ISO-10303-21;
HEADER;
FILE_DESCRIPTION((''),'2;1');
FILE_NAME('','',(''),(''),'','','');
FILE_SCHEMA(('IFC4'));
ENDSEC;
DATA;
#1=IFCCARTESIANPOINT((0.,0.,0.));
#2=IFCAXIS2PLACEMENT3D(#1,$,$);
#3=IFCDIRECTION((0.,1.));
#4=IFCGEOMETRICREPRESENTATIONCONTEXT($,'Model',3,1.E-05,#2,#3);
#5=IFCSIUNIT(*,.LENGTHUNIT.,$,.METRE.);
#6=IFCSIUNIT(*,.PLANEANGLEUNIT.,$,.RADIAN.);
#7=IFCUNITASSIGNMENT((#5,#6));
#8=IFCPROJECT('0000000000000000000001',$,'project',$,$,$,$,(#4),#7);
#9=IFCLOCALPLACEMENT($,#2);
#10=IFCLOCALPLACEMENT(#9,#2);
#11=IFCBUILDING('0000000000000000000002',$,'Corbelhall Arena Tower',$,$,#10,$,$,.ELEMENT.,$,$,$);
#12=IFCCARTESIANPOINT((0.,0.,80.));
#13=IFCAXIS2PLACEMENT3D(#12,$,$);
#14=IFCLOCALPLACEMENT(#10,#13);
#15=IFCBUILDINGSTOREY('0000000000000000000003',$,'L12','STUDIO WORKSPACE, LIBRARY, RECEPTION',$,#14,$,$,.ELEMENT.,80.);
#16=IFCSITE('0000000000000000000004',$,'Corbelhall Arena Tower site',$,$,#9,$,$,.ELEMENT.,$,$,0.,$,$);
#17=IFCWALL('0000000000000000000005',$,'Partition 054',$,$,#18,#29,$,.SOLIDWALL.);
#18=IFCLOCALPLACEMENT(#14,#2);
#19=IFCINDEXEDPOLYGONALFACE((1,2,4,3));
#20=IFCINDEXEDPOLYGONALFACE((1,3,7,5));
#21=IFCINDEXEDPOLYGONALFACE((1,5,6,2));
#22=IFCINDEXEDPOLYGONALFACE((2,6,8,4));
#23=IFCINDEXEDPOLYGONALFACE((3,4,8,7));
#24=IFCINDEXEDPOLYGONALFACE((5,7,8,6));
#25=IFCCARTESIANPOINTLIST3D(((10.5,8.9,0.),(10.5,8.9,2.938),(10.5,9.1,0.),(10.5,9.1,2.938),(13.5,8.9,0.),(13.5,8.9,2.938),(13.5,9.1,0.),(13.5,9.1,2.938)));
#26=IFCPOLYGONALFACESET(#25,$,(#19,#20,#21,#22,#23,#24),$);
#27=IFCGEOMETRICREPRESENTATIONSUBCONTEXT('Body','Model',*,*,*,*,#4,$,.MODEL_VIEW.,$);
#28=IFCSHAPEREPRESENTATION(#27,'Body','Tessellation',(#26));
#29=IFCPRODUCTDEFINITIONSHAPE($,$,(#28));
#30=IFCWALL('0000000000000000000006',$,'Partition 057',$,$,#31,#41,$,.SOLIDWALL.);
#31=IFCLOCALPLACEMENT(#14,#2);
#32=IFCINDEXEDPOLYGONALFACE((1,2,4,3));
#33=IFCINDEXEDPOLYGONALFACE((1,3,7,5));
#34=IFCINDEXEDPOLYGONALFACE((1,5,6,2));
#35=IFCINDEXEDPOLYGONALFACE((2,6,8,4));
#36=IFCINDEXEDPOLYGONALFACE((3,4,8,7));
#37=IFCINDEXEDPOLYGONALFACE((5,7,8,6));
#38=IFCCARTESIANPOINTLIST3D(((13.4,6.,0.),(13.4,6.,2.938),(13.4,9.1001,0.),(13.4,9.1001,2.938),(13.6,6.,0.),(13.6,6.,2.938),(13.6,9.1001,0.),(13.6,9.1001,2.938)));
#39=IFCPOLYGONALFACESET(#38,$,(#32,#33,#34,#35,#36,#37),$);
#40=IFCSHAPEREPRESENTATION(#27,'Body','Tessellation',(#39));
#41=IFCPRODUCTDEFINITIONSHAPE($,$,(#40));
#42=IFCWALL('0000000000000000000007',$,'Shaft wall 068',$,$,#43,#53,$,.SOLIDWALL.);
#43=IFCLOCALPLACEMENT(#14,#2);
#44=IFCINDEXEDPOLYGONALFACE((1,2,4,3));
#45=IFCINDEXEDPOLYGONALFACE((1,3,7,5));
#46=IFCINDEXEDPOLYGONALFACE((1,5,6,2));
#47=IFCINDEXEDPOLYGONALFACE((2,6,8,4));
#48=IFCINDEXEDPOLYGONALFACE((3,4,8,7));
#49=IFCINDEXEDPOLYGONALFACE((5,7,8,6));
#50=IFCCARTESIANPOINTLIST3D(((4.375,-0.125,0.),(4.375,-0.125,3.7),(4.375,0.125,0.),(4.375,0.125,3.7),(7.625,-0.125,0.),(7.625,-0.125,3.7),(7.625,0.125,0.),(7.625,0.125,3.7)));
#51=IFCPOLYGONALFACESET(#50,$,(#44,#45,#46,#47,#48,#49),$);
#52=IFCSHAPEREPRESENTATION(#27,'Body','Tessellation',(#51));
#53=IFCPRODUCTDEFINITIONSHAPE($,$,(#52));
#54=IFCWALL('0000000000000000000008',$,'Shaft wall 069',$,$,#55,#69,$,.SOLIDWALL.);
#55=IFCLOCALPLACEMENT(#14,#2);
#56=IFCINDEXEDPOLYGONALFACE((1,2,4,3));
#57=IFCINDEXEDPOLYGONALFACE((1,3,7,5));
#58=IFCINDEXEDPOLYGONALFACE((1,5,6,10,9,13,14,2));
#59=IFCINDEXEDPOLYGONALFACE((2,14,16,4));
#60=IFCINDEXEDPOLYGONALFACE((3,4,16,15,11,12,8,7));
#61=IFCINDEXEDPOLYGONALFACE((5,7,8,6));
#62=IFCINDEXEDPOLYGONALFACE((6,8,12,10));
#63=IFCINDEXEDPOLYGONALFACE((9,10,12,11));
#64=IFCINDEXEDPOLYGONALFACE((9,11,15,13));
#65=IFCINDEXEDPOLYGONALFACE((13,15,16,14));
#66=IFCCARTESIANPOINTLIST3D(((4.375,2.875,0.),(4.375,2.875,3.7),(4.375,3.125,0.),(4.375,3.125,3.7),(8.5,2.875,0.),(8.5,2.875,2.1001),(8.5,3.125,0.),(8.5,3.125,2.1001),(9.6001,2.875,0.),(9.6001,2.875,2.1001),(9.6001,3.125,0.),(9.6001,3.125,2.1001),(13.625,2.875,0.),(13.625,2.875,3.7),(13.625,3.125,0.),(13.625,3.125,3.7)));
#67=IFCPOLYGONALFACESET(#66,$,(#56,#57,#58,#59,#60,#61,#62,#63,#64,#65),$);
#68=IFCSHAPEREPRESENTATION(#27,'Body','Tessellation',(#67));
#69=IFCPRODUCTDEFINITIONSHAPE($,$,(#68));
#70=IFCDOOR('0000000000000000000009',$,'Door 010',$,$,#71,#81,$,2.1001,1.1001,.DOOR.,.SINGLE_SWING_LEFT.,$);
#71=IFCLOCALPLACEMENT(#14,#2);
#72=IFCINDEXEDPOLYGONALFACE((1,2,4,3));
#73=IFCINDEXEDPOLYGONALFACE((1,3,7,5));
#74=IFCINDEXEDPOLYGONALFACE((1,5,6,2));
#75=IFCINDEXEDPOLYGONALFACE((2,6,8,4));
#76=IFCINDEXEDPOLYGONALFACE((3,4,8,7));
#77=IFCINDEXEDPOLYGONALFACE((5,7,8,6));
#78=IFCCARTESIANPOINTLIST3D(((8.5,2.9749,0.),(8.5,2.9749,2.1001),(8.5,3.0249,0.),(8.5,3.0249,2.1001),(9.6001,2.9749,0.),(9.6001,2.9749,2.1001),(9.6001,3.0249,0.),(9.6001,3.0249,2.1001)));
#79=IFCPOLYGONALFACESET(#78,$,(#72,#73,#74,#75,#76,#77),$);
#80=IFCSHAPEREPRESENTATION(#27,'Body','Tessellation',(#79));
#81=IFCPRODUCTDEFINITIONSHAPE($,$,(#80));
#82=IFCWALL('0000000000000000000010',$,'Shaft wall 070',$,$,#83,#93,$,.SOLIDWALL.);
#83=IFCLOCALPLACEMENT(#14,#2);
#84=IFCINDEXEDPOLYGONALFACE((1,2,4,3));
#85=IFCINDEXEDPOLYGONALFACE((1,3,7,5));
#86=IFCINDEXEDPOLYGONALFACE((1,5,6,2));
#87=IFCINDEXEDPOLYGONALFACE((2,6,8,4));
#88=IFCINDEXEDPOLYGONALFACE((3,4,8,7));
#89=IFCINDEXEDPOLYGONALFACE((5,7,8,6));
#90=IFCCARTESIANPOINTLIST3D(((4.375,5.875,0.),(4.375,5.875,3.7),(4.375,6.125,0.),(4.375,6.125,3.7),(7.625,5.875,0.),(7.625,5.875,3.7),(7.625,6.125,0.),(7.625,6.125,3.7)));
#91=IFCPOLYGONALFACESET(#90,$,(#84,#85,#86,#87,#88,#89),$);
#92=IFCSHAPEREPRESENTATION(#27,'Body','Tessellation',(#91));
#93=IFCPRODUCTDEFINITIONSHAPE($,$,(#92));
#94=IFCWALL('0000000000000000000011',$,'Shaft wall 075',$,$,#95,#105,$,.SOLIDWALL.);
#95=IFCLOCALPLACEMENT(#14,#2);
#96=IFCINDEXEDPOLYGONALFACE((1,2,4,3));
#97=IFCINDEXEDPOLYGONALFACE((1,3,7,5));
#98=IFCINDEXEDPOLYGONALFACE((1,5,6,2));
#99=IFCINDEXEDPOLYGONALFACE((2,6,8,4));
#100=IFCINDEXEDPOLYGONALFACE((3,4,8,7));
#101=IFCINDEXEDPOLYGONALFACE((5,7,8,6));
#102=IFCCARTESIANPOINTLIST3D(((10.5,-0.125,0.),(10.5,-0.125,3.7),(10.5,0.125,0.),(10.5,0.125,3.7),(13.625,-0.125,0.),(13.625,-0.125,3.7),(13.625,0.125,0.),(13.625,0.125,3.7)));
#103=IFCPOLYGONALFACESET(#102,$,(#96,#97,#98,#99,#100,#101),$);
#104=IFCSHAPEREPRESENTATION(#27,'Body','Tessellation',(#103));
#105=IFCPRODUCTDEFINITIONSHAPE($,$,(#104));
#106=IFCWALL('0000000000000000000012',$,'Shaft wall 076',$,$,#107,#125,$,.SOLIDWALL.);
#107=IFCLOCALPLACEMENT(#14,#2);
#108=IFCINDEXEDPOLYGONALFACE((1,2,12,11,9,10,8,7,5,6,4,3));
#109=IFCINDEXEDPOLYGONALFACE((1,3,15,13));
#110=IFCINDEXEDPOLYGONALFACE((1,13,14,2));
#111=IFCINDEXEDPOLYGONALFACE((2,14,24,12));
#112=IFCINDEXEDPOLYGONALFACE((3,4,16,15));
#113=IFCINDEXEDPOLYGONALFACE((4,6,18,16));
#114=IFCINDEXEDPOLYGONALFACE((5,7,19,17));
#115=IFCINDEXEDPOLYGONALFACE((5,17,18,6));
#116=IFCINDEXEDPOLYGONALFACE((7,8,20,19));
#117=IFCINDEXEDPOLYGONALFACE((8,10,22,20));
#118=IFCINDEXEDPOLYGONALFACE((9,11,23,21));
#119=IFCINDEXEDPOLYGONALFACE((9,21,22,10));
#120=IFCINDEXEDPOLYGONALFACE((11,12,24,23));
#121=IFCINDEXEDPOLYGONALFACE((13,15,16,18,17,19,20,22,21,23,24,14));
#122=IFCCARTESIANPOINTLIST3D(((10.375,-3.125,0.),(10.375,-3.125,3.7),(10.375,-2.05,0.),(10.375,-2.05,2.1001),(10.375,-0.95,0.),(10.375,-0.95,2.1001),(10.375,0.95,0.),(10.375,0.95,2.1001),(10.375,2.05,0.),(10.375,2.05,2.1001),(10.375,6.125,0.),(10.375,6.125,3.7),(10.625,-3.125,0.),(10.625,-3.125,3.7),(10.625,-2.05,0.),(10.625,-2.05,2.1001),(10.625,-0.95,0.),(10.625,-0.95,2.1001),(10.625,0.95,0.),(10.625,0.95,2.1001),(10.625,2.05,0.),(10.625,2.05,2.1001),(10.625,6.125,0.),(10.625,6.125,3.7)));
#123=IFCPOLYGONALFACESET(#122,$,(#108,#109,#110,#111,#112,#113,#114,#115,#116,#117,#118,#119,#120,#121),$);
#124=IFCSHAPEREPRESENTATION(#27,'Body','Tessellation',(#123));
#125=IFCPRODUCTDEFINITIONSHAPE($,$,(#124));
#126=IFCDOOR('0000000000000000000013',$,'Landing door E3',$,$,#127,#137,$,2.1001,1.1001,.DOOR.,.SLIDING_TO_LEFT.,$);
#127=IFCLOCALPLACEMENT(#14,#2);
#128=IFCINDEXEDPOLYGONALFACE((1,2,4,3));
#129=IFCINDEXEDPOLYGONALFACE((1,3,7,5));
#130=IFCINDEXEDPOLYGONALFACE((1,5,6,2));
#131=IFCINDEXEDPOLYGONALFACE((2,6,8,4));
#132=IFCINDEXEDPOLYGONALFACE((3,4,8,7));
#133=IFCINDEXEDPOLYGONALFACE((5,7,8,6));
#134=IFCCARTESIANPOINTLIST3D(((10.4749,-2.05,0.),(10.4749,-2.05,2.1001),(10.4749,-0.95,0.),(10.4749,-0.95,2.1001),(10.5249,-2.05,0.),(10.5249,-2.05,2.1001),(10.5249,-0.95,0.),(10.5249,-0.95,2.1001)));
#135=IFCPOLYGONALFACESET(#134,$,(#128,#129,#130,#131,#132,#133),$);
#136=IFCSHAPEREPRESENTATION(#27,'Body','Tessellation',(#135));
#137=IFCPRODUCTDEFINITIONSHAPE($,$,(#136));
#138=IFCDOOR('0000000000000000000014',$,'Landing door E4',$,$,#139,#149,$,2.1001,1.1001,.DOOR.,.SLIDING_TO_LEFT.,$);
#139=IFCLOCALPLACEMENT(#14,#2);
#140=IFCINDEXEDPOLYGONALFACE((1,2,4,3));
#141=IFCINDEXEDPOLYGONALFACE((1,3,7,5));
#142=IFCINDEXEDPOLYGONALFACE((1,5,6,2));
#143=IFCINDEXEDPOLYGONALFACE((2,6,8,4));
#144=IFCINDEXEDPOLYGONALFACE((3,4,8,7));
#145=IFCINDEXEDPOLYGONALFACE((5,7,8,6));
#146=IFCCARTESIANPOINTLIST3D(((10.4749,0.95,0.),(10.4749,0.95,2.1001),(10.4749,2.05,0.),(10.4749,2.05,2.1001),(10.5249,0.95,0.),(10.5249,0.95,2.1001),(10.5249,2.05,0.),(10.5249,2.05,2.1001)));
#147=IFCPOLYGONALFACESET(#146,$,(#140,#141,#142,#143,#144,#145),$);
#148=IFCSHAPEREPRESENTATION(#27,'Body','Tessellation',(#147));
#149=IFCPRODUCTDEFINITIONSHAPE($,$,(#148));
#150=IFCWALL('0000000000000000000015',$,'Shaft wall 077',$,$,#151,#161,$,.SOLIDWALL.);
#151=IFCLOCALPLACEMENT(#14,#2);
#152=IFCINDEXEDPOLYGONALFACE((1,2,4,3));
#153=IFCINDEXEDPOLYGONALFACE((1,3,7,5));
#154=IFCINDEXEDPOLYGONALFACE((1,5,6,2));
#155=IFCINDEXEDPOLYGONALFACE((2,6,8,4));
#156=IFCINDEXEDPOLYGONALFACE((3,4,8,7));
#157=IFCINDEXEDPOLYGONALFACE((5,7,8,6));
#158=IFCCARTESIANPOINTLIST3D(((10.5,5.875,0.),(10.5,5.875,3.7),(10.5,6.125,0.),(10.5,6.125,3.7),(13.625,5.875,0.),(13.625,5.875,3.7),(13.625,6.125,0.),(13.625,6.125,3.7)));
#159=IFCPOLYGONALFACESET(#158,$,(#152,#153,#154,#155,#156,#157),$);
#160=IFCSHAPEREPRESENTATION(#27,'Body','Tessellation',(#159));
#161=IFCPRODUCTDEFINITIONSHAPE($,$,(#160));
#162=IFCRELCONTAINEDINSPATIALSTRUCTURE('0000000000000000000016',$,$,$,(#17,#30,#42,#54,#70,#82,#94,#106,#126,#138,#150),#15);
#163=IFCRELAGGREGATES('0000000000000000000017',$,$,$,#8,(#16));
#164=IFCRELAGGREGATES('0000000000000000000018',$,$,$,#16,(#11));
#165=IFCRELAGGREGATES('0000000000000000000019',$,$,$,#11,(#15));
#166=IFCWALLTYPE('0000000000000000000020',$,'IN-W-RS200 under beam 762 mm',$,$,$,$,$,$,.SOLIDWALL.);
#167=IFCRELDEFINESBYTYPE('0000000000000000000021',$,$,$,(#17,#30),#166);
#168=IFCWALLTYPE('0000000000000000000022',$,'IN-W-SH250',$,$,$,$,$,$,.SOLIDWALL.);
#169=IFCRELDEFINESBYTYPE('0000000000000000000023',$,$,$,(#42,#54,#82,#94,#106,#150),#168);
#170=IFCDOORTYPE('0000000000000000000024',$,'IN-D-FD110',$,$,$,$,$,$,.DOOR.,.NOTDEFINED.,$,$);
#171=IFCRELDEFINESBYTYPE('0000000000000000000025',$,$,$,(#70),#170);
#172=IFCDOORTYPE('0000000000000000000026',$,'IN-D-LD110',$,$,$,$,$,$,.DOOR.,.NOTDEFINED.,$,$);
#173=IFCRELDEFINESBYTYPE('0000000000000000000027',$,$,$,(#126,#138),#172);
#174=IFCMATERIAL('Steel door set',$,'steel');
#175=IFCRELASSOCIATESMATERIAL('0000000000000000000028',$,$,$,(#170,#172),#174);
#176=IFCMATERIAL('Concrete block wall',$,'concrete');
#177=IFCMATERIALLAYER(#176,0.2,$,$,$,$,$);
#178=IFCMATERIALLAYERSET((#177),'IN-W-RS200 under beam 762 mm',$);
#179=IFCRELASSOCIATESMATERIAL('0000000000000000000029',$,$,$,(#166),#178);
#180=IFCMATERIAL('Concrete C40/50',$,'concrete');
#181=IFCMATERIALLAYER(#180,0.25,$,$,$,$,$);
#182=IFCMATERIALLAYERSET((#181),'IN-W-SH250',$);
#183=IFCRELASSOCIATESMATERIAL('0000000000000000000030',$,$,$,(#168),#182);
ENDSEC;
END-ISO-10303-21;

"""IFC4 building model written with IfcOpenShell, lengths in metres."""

from ifc_helpers import new_model, si_unit, direction, frame, frame_2d, origin, place, context, subcontext, project, spatial, rectangle, extrude, material, layer, layer_set, type_object, element, fill, save


model = new_model("IFC4")

# Units and contexts
model_context = context("Model", 3, precision=1e-05, world=origin(), true_north=direction((0.0, 1.0)))
body_context = subcontext(model_context, "Body", "Model", "MODEL_VIEW")
ifc_project = project(units=[si_unit("LENGTHUNIT", "METRE"), si_unit("PLANEANGLEUNIT", "RADIAN")], contexts=[model_context])

# Site, building, storey
site_placement = place(None, origin())
site = spatial("IfcSite", under=ifc_project, at=site_placement, Name="Corbelhall Arena Tower site", CompositionType="ELEMENT", RefElevation=0.0)
building_placement = place(site_placement, origin())
building = spatial("IfcBuilding", under=site, at=building_placement, Name="Corbelhall Arena Tower", CompositionType="ELEMENT")
storey_placement = place(building_placement, frame((0.0, 0.0, 80.0)))
storey = spatial("IfcBuildingStorey", under=building, at=storey_placement, Name="L12", Description="STUDIO WORKSPACE, LIBRARY, RECEPTION", CompositionType="ELEMENT", Elevation=80.0)

# Shared definitions
ifc_material_1 = material(Name="Concrete C40/50", Category="concrete")

# Shared definitions
ifc_material_2 = material(Name="Concrete block wall", Category="concrete")
ifc_material_3 = material(Name="Steel door set", Category="steel")
door_type_1 = type_object("IfcDoorType", Name="IN-D-FD110", OperationType="NOTDEFINED", PredefinedType="DOOR", material=ifc_material_3)

# Walls
ifc_layer_1 = layer(ifc_material_2, 0.2)
ifc_layer_set_1 = layer_set([ifc_layer_1], Name="IN-W-RS200 under beam 762 mm")
wall_type_1 = type_object("IfcWallType", Name="IN-W-RS200 under beam 762 mm", PredefinedType="SOLIDWALL", material=ifc_layer_set_1)
wall_1_placement = place(storey_placement, frame((10.5, 9.0, 0.0), z_axis=(0.0, 0.0, 1.0), x_axis=(1.0, 0.0, 0.0)))
element("IfcWall", 1, at=wall_1_placement, inside=storey, type_object=wall_type_1, Name="Partition 054", PredefinedType="SOLIDWALL", context=body_context, shape_type="SweptSolid", body=[
    extrude(rectangle(XDim=3.0, YDim=0.2, at=frame_2d((1.5, 0.0))), origin(), (0.0, 0.0, 1.0), 2.938),
])
wall_2_placement = place(storey_placement, frame((13.5, 9.1001, 0.0), z_axis=(0.0, 0.0, 1.0), x_axis=(0.0, -1.0, 0.0)))
element("IfcWall", 2, at=wall_2_placement, inside=storey, type_object=wall_type_1, Name="Partition 057", PredefinedType="SOLIDWALL", context=body_context, shape_type="SweptSolid", body=[
    extrude(rectangle(XDim=3.1001, YDim=0.2, at=frame_2d((1.55, 0.0))), origin(), (0.0, 0.0, 1.0), 2.938),
])
ifc_layer_2 = layer(ifc_material_1, 0.25)
ifc_layer_set_2 = layer_set([ifc_layer_2], Name="IN-W-SH250")
wall_type_2 = type_object("IfcWallType", Name="IN-W-SH250", PredefinedType="SOLIDWALL", material=ifc_layer_set_2)
wall_3_placement = place(storey_placement, frame((4.375, 0.0, 0.0), z_axis=(0.0, 0.0, 1.0), x_axis=(1.0, 0.0, 0.0)))
element("IfcWall", 3, at=wall_3_placement, inside=storey, type_object=wall_type_2, Name="Shaft wall 068", PredefinedType="SOLIDWALL", context=body_context, shape_type="SweptSolid", body=[
    extrude(rectangle(XDim=3.25, YDim=0.25, at=frame_2d((1.625, 0.0))), origin(), (0.0, 0.0, 1.0), 3.7),
])

# Wall, opening, door
wall_4_placement = place(storey_placement, frame((4.375, 3.0, 0.0), z_axis=(0.0, 0.0, 1.0), x_axis=(1.0, 0.0, 0.0)))
wall_4 = element("IfcWall", 4, at=wall_4_placement, inside=storey, type_object=wall_type_2, Name="Shaft wall 069", PredefinedType="SOLIDWALL", context=body_context, shape_type="SweptSolid", body=[
    extrude(rectangle(XDim=9.25, YDim=0.25, at=frame_2d((4.625, 0.0))), origin(), (0.0, 0.0, 1.0), 3.7),
])
opening_1_placement = place(wall_4_placement, frame((4.125, 0.0, 0.0)))
opening_1 = element("IfcOpeningElement", 5, at=opening_1_placement, cuts=wall_4, PredefinedType="OPENING", context=body_context, shape_type="SweptSolid", body=[
    extrude(rectangle(XDim=1.1001, YDim=2.1001, at=frame_2d((0.55, 1.05))), frame((0.0, 0.125, 0.0), z_axis=(0.0, -1.0, 0.0), x_axis=(1.0, 0.0, 0.0)), (0.0, 0.0, 1.0), 0.25),
])
door_1_placement = place(opening_1_placement, origin())
door_1 = element("IfcDoor", 6, at=door_1_placement, inside=storey, type_object=door_type_1, Name="Door 010", OperationType="SINGLE_SWING_LEFT", OverallHeight=2.1001, OverallWidth=1.1001, PredefinedType="DOOR", context=body_context, shape_type="SweptSolid", body=[
    extrude(rectangle(XDim=1.1001, YDim=2.1001, at=frame_2d((0.55, 1.05))), frame((0.0, 0.0249, 0.0), z_axis=(0.0, -1.0, 0.0), x_axis=(1.0, 0.0, 0.0)), (0.0, 0.0, 1.0), 0.05),
])
fill(opening_1, door_1)

# Walls
wall_5_placement = place(storey_placement, frame((4.375, 6.0, 0.0), z_axis=(0.0, 0.0, 1.0), x_axis=(1.0, 0.0, 0.0)))
element("IfcWall", 7, at=wall_5_placement, inside=storey, type_object=wall_type_2, Name="Shaft wall 070", PredefinedType="SOLIDWALL", context=body_context, shape_type="SweptSolid", body=[
    extrude(rectangle(XDim=3.25, YDim=0.25, at=frame_2d((1.625, 0.0))), origin(), (0.0, 0.0, 1.0), 3.7),
])
wall_6_placement = place(storey_placement, frame((10.5, 0.0, 0.0), z_axis=(0.0, 0.0, 1.0), x_axis=(1.0, 0.0, 0.0)))
element("IfcWall", 8, at=wall_6_placement, inside=storey, type_object=wall_type_2, Name="Shaft wall 075", PredefinedType="SOLIDWALL", context=body_context, shape_type="SweptSolid", body=[
    extrude(rectangle(XDim=3.125, YDim=0.25, at=frame_2d((1.5625, 0.0))), origin(), (0.0, 0.0, 1.0), 3.7),
])

# Wall, openings, doors
wall_7_placement = place(storey_placement, frame((10.5, 6.125, 0.0), z_axis=(0.0, 0.0, 1.0), x_axis=(0.0, -1.0, 0.0)))
wall_7 = element("IfcWall", 9, at=wall_7_placement, inside=storey, type_object=wall_type_2, Name="Shaft wall 076", PredefinedType="SOLIDWALL", context=body_context, shape_type="SweptSolid", body=[
    extrude(rectangle(XDim=9.25, YDim=0.25, at=frame_2d((4.625, 0.0))), origin(), (0.0, 0.0, 1.0), 3.7),
])
opening_2_placement = place(wall_7_placement, frame((7.075, 0.0, 0.0)))
opening_2 = element("IfcOpeningElement", 10, at=opening_2_placement, cuts=wall_7, PredefinedType="OPENING", context=body_context, shape_type="SweptSolid", body=[
    extrude(rectangle(XDim=1.1001, YDim=2.1001, at=frame_2d((0.55, 1.05))), frame((0.0, 0.125, 0.0), z_axis=(0.0, -1.0, 0.0), x_axis=(1.0, 0.0, 0.0)), (0.0, 0.0, 1.0), 0.25),
])
opening_3_placement = place(wall_7_placement, frame((4.075, 0.0, 0.0)))
opening_3 = element("IfcOpeningElement", 11, at=opening_3_placement, cuts=wall_7, PredefinedType="OPENING", context=body_context, shape_type="SweptSolid", body=[
    extrude(rectangle(XDim=1.1001, YDim=2.1001, at=frame_2d((0.55, 1.05))), frame((0.0, 0.125, 0.0), z_axis=(0.0, -1.0, 0.0), x_axis=(1.0, 0.0, 0.0)), (0.0, 0.0, 1.0), 0.25),
])
door_type_2 = type_object("IfcDoorType", Name="IN-D-LD110", OperationType="NOTDEFINED", PredefinedType="DOOR", material=ifc_material_3)
door_2_placement = place(opening_2_placement, origin())
door_2 = element("IfcDoor", 12, at=door_2_placement, inside=storey, type_object=door_type_2, Name="Landing door E3", OperationType="SLIDING_TO_LEFT", OverallHeight=2.1001, OverallWidth=1.1001, PredefinedType="DOOR", context=body_context, shape_type="SweptSolid", body=[
    extrude(rectangle(XDim=1.1001, YDim=2.1001, at=frame_2d((0.55, 1.05))), frame((0.0, 0.0249, 0.0), z_axis=(0.0, -1.0, 0.0), x_axis=(1.0, 0.0, 0.0)), (0.0, 0.0, 1.0), 0.05),
])
fill(opening_2, door_2)
door_3_placement = place(opening_3_placement, origin())
door_3 = element("IfcDoor", 13, at=door_3_placement, inside=storey, type_object=door_type_2, Name="Landing door E4", OperationType="SLIDING_TO_LEFT", OverallHeight=2.1001, OverallWidth=1.1001, PredefinedType="DOOR", context=body_context, shape_type="SweptSolid", body=[
    extrude(rectangle(XDim=1.1001, YDim=2.1001, at=frame_2d((0.55, 1.05))), frame((0.0, 0.0249, 0.0), z_axis=(0.0, -1.0, 0.0), x_axis=(1.0, 0.0, 0.0)), (0.0, 0.0, 1.0), 0.05),
])
fill(opening_3, door_3)

# Wall
wall_8_placement = place(storey_placement, frame((10.5, 6.0, 0.0), z_axis=(0.0, 0.0, 1.0), x_axis=(1.0, 0.0, 0.0)))
element("IfcWall", 14, at=wall_8_placement, inside=storey, type_object=wall_type_2, Name="Shaft wall 077", PredefinedType="SOLIDWALL", context=body_context, shape_type="SweptSolid", body=[
    extrude(rectangle(XDim=3.125, YDim=0.25, at=frame_2d((1.5625, 0.0))), origin(), (0.0, 0.0, 1.0), 3.7),
])

save(model, "model.ifc")
